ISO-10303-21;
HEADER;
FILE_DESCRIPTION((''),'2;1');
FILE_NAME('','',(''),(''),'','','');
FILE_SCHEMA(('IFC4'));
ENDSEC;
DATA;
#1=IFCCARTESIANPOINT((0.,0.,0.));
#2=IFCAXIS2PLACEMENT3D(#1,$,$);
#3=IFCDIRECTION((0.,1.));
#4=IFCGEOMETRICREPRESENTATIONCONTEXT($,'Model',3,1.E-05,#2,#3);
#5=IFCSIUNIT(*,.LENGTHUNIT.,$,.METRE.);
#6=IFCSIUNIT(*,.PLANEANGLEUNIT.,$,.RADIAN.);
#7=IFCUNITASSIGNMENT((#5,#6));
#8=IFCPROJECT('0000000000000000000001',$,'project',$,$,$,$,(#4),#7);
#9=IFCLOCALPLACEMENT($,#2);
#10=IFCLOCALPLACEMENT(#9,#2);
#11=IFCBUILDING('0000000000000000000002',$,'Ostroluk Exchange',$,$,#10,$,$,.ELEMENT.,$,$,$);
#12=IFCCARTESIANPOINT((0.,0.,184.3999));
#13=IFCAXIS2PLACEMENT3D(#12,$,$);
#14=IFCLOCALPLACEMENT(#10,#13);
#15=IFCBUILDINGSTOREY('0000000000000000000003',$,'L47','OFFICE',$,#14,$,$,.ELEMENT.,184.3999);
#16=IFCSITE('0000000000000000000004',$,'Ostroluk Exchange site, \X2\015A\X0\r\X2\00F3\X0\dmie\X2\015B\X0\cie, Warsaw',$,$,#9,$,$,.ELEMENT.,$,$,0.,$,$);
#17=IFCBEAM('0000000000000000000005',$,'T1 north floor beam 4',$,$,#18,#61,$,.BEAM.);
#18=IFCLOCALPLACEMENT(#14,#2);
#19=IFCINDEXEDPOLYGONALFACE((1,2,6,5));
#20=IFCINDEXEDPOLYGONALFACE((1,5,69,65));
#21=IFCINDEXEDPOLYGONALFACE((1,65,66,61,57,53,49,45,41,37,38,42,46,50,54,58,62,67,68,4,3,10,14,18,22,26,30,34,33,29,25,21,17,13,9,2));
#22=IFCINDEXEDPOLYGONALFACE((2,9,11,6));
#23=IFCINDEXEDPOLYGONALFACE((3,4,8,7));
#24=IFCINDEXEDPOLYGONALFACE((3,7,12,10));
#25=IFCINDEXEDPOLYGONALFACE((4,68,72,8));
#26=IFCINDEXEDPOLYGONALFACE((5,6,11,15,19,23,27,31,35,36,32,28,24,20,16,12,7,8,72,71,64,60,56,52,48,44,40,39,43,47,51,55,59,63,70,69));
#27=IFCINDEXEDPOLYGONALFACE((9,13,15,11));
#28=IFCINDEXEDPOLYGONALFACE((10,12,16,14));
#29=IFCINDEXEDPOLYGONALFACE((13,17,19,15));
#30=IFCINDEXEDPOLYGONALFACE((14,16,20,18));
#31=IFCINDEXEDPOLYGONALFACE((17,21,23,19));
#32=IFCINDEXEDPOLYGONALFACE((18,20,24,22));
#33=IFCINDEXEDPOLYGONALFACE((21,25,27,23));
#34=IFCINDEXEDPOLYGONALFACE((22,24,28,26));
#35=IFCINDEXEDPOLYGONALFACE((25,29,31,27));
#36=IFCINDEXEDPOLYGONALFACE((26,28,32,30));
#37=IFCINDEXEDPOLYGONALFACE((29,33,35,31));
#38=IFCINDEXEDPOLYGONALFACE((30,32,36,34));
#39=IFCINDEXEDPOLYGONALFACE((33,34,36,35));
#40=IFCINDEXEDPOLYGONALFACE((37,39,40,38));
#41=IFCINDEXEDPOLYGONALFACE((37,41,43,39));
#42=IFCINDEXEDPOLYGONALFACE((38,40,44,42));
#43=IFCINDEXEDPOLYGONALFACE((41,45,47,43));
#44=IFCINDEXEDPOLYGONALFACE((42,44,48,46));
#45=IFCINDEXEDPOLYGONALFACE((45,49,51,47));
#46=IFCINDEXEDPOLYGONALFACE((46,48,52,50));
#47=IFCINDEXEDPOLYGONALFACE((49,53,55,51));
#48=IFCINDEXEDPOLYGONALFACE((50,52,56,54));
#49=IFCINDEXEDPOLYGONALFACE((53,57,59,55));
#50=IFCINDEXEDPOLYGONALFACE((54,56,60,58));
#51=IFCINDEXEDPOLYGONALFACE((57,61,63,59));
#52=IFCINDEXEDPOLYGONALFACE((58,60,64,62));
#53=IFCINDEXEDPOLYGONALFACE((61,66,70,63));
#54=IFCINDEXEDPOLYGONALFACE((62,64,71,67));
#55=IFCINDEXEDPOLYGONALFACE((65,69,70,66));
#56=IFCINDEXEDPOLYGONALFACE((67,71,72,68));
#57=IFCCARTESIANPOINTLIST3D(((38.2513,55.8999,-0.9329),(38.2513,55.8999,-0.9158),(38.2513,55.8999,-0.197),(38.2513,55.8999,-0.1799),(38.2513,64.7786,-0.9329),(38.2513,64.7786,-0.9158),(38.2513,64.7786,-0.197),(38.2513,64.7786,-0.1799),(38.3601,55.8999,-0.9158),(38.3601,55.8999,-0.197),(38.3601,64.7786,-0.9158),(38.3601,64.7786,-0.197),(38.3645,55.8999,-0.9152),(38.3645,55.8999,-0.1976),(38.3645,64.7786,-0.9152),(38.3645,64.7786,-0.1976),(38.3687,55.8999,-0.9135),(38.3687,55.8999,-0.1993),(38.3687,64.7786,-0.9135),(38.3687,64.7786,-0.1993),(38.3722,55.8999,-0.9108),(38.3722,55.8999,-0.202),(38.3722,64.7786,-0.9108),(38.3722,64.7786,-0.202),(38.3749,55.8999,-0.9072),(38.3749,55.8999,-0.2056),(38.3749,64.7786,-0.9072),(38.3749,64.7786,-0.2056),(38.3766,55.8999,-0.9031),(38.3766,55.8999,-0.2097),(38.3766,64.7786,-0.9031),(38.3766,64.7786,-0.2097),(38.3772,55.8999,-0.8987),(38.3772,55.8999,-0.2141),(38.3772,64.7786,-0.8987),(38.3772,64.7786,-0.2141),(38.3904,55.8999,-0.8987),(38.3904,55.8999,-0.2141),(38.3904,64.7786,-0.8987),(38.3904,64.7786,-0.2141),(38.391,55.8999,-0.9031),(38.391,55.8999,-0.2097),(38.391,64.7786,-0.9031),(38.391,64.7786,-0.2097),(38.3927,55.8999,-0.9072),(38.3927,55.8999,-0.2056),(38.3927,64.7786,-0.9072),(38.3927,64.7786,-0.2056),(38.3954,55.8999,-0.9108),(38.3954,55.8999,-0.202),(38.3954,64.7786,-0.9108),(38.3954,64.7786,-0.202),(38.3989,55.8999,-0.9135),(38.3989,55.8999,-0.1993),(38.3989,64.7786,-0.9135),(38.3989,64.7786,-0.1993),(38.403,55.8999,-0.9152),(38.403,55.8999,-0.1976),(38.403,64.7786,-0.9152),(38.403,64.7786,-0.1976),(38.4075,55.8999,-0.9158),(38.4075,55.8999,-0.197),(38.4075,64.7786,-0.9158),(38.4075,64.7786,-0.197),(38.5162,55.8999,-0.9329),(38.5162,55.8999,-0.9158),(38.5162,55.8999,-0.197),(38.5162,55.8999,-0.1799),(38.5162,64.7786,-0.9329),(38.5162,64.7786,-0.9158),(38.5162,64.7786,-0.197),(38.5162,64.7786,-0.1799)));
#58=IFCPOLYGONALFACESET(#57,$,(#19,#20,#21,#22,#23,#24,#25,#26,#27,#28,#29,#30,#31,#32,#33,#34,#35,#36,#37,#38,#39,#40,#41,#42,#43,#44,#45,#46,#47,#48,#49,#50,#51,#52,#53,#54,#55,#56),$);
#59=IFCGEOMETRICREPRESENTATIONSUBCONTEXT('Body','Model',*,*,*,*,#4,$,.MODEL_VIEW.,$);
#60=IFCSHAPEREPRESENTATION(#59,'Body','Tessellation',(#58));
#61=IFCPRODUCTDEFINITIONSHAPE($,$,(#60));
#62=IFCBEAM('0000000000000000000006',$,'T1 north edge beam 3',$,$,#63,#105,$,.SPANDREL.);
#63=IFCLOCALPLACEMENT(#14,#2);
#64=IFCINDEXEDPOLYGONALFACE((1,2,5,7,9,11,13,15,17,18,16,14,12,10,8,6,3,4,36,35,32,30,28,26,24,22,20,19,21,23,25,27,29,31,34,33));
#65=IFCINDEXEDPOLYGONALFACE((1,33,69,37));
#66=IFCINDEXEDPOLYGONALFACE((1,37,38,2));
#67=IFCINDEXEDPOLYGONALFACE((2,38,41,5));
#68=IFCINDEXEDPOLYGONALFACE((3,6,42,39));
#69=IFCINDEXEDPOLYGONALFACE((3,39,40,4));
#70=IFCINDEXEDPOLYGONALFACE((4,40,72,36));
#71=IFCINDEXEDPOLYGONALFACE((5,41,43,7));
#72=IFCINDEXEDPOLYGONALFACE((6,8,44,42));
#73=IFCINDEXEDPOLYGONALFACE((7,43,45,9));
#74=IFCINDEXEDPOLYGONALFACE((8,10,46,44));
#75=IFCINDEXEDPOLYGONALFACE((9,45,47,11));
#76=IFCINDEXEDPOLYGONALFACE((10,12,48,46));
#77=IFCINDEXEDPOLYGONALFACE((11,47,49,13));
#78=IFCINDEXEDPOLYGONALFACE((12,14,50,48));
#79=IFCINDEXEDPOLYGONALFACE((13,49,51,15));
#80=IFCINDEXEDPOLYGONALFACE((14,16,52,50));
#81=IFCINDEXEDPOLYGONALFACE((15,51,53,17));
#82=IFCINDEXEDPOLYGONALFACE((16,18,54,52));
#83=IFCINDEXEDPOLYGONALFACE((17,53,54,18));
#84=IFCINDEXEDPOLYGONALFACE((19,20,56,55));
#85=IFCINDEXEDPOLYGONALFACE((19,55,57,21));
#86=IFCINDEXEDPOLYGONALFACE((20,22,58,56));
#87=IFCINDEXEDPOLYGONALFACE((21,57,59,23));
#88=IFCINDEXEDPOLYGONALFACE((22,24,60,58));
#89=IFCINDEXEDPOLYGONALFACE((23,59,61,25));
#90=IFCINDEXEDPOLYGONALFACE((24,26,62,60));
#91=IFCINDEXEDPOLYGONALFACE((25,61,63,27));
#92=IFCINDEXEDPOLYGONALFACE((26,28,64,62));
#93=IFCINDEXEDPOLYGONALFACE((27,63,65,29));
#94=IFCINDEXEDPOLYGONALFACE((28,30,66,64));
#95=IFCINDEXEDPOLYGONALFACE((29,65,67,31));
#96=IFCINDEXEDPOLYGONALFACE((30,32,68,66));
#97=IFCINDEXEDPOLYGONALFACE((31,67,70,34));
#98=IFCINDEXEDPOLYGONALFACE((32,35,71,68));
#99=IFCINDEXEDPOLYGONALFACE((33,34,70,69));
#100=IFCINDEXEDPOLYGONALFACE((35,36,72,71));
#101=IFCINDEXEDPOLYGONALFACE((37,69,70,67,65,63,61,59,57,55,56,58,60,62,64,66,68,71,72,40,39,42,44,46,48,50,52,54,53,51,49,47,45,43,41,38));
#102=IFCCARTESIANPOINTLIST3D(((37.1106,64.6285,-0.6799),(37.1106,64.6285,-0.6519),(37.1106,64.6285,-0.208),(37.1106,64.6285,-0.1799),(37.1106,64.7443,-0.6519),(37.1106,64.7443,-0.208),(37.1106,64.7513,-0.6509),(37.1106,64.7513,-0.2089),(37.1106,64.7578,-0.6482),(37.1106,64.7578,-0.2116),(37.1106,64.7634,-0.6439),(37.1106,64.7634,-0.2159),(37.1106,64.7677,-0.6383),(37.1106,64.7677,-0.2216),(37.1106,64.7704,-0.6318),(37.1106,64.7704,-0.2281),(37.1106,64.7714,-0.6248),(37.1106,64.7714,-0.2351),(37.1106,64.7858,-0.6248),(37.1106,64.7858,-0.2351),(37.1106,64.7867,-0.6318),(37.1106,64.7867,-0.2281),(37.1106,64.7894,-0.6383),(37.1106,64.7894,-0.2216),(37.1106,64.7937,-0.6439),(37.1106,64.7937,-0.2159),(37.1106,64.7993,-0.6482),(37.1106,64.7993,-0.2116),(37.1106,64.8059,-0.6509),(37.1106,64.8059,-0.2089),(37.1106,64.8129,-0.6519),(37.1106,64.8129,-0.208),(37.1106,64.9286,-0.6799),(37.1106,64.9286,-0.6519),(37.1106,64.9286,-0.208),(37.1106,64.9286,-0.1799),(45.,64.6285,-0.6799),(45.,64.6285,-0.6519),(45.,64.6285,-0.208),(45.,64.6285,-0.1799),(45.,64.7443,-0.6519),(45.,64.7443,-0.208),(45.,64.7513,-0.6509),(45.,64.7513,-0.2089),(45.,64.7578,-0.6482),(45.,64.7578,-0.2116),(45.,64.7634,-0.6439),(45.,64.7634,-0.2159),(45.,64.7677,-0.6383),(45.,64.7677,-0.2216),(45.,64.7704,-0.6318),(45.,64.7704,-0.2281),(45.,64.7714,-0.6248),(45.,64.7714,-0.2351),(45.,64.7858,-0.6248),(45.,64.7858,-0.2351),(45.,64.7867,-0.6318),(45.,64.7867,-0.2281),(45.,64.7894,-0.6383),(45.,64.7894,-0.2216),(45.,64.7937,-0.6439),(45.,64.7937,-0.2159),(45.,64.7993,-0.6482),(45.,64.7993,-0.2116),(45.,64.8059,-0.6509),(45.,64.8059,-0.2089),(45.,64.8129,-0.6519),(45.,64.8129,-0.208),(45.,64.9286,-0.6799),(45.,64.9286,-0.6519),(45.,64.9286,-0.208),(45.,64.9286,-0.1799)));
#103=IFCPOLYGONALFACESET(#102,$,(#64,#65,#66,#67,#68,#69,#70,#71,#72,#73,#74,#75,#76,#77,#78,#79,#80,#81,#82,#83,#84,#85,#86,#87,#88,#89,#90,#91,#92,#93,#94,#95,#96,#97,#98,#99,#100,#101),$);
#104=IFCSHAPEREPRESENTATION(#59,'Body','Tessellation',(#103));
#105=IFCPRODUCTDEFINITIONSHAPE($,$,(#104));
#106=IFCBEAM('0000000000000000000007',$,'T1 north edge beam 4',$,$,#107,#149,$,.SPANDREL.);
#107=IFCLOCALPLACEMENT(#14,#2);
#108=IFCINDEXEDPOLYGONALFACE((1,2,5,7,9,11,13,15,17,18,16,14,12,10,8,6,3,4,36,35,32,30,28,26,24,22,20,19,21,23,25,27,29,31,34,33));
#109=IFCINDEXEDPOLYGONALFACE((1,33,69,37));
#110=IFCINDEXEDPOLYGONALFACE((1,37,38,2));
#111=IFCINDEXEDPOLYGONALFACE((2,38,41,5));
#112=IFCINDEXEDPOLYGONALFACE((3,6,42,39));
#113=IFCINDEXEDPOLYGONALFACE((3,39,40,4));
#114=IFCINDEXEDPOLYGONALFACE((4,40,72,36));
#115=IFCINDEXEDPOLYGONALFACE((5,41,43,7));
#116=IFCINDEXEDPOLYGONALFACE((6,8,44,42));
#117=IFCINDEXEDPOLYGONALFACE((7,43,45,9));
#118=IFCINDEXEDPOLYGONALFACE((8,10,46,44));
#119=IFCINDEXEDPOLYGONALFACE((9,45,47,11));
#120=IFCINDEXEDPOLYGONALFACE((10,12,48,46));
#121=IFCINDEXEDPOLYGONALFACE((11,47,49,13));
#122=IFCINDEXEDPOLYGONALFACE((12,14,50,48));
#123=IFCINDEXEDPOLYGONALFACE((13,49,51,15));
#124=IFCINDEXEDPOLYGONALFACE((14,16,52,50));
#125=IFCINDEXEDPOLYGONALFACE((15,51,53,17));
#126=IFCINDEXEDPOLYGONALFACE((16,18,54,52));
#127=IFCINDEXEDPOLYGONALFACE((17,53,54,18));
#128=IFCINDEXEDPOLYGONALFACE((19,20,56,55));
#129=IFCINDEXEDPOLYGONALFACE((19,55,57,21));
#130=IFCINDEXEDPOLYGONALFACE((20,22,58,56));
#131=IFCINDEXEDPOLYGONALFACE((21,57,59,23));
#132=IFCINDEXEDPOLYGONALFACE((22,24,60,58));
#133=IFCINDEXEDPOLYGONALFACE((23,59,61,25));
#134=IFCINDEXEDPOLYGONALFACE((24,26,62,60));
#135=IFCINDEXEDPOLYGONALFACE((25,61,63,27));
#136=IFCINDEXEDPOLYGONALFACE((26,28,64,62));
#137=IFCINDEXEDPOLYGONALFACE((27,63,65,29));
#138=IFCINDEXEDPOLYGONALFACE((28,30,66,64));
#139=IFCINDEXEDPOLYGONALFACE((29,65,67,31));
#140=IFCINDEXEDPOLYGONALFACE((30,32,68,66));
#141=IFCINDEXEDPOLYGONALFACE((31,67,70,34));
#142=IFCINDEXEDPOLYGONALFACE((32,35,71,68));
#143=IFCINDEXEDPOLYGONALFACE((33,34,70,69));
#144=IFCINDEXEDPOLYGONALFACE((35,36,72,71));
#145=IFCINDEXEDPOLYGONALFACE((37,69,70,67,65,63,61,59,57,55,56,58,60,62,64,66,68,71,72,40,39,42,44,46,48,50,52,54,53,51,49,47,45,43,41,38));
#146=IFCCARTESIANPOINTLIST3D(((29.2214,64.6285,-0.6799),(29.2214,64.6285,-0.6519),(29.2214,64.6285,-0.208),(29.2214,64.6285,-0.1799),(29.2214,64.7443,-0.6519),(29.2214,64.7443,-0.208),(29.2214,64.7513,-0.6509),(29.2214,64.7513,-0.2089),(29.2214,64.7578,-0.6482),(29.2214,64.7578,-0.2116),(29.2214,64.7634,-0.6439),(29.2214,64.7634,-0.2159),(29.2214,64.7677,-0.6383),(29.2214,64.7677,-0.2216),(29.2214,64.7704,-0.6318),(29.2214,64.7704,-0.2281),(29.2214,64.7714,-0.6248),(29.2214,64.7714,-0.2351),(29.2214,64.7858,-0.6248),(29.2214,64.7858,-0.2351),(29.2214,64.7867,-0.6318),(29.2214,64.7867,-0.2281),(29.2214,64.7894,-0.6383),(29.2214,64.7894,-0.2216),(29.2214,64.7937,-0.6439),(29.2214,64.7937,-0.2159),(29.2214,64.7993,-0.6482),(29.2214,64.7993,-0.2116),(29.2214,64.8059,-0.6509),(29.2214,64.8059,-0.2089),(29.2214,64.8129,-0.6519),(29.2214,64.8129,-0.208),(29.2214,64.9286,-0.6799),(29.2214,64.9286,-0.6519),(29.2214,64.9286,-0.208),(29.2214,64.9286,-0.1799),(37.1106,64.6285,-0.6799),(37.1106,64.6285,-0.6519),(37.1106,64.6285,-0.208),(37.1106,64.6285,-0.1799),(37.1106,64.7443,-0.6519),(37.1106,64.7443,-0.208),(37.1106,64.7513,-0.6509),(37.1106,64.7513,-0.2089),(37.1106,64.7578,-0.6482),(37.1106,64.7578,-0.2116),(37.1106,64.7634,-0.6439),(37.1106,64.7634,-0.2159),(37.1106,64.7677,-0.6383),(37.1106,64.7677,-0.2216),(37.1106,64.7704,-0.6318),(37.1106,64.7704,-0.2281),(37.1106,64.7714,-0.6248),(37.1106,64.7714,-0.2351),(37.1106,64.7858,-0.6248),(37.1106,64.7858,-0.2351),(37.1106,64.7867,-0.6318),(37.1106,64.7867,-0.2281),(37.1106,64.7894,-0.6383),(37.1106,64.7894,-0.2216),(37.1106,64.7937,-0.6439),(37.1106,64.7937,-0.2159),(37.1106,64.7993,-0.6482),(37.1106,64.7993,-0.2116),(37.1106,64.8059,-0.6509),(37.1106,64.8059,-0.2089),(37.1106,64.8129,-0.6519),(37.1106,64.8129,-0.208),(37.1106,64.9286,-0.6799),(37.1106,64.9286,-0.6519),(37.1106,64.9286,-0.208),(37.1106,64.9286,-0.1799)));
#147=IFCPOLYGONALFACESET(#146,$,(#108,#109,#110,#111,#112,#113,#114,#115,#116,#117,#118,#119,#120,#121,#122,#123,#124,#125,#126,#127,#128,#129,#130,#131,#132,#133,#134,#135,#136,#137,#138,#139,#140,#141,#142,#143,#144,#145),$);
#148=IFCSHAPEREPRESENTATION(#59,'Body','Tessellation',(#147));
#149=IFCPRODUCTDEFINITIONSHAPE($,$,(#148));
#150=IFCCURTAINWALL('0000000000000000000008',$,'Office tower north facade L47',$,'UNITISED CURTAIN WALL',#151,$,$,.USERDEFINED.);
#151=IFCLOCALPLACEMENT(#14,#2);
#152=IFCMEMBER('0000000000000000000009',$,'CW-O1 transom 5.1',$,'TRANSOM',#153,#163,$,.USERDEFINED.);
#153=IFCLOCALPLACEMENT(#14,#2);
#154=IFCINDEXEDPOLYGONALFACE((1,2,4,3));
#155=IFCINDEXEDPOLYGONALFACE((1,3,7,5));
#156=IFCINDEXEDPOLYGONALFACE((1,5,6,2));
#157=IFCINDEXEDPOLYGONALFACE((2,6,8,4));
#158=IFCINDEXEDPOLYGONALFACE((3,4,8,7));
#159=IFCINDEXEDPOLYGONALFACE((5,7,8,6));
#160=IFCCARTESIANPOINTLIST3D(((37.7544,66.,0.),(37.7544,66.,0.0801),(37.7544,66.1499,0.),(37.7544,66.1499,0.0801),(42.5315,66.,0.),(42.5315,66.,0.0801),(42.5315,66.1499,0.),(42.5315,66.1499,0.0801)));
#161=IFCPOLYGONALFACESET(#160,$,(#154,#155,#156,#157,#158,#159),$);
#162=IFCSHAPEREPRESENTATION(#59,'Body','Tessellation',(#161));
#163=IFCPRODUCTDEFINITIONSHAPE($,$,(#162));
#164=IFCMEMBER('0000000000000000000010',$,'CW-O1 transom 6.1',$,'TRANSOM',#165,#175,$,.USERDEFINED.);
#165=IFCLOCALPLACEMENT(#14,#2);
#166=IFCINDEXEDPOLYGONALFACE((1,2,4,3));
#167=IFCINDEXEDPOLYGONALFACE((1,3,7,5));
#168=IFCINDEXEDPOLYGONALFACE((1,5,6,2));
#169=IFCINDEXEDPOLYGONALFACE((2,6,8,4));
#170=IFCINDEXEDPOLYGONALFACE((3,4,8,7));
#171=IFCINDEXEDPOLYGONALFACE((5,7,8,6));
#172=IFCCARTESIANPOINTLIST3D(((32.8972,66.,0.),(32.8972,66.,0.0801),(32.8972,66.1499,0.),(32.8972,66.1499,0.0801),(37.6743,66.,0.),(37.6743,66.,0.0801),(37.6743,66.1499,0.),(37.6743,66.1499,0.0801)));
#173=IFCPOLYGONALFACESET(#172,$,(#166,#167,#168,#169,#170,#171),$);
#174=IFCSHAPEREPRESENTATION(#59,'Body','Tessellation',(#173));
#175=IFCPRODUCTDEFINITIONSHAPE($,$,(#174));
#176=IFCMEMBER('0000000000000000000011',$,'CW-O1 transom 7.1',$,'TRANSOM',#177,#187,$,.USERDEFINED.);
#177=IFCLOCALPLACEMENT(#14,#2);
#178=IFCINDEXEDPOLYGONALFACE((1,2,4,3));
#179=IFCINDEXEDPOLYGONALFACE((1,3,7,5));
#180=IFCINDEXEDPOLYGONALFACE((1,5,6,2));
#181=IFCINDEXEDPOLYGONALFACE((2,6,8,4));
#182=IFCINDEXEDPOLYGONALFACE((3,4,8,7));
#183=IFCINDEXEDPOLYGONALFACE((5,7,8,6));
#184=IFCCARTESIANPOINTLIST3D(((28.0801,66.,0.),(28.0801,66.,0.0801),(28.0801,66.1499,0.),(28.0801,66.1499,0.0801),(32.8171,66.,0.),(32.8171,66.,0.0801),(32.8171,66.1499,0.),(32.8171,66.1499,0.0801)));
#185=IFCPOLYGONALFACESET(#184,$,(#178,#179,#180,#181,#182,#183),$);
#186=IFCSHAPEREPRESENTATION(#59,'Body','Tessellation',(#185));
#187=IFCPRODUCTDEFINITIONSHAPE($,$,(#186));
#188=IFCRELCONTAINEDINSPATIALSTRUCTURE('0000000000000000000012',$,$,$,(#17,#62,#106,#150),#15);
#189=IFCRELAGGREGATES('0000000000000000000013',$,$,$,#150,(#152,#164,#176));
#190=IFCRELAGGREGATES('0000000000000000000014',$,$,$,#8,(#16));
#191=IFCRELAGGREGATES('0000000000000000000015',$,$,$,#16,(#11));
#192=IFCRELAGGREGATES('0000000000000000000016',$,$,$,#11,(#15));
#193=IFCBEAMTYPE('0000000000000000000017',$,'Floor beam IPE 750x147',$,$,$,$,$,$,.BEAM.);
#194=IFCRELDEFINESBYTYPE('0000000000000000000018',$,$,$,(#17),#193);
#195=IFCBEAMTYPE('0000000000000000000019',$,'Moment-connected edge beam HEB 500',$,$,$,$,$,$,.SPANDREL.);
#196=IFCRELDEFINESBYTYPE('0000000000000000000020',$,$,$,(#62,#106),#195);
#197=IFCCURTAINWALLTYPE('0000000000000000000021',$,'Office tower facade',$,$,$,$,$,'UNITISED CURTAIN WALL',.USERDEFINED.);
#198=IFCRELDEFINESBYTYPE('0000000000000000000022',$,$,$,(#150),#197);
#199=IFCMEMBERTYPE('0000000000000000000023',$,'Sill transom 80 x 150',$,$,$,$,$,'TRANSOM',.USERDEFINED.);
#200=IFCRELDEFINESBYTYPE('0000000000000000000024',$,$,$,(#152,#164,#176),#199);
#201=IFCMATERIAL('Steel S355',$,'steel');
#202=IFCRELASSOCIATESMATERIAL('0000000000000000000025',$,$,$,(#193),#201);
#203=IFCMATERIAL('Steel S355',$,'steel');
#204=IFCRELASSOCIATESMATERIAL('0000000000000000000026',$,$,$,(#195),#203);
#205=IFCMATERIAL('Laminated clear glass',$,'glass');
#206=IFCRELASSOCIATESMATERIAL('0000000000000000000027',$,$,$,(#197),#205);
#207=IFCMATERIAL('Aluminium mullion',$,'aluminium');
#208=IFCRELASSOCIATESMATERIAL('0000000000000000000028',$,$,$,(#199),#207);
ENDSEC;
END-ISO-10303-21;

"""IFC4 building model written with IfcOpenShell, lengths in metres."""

from ifc_helpers import new_model, si_unit, direction, frame, origin, origin_2d, place, context, subcontext, project, spatial, rectangle, i_section, extrude, material, material_profile, profile_set, type_object, element, aggregate, save


model = new_model("IFC4")

# Units and contexts
model_context = context("Model", 3, precision=1e-05, world=origin(), true_north=direction((0.0, 1.0)))
body_context = subcontext(model_context, "Body", "Model", "MODEL_VIEW")
ifc_project = project(units=[si_unit("LENGTHUNIT", "METRE"), si_unit("PLANEANGLEUNIT", "RADIAN")], contexts=[model_context])

# Site, building, storey
site_placement = place(None, origin())
site = spatial("IfcSite", under=ifc_project, at=site_placement, Name="Ostroluk Exchange site, Śródmieście, Warsaw", CompositionType="ELEMENT", RefElevation=0.0)
building_placement = place(site_placement, origin())
building = spatial("IfcBuilding", under=site, at=building_placement, Name="Ostroluk Exchange", CompositionType="ELEMENT")
storey_placement = place(building_placement, frame((0.0, 0.0, 184.3999)))
storey = spatial("IfcBuildingStorey", under=building, at=storey_placement, Name="L47", Description="OFFICE", CompositionType="ELEMENT", Elevation=184.3999)

# Beams
ifc_material_1 = material(Name="Steel S355", Category="steel")
ifc_material_profile_1 = material_profile(ifc_material_1, i_section(OverallWidth=0.2649, OverallDepth=0.7529, WebThickness=0.0132, FlangeThickness=0.0171, FilletRadius=0.0171, at=origin_2d()), Name="IPE 750x147")
ifc_profile_set_1 = profile_set([ifc_material_profile_1], Name="Steel S355")
beam_type_1 = type_object("IfcBeamType", Name="Floor beam IPE 750x147", PredefinedType="BEAM", material=ifc_profile_set_1)
for number, where, z_axis, x_axis, name in (
    (1, (38.3838, 55.8999, -0.5564), (0.0, 1.0, 0.0), (-1.0, 0.0, 0.0), "T1 north floor beam 4"),
):
    element("IfcBeam", number, at=place(storey_placement, frame(where, z_axis=z_axis, x_axis=x_axis)), inside=storey, type_object=beam_type_1, Name=name, PredefinedType="BEAM", context=body_context, shape_type="SweptSolid", body=[
        extrude(i_section(OverallWidth=0.2649, OverallDepth=0.7529, WebThickness=0.0132, FlangeThickness=0.0171, FilletRadius=0.0171, at=origin_2d()), origin(), (0.0, 0.0, 1.0), 8.8787),
    ])
ifc_material_2 = material(Name="Steel S355", Category="steel")
ifc_material_profile_2 = material_profile(ifc_material_2, i_section(OverallWidth=0.3, OverallDepth=0.5, WebThickness=0.0144, FlangeThickness=0.0281, FilletRadius=0.0271, at=origin_2d()), Name="HEB 500")
ifc_profile_set_2 = profile_set([ifc_material_profile_2], Name="Steel S355")
beam_type_2 = type_object("IfcBeamType", Name="Moment-connected edge beam HEB 500", PredefinedType="SPANDREL", material=ifc_profile_set_2)
beam_1_placement = place(storey_placement, frame((45.0, 64.7786, -0.4299), z_axis=(-1.0, 0.0, 0.0), x_axis=(0.0, -1.0, 0.0)))
element("IfcBeam", 2, at=beam_1_placement, inside=storey, type_object=beam_type_2, Name="T1 north edge beam 3", PredefinedType="SPANDREL", context=body_context, shape_type="SweptSolid", body=[
    extrude(i_section(OverallWidth=0.3, OverallDepth=0.5, WebThickness=0.0144, FlangeThickness=0.0281, FilletRadius=0.0271, at=origin_2d()), origin(), (0.0, 0.0, 1.0), 7.8894),
])
beam_2_placement = place(storey_placement, frame((37.1106, 64.7786, -0.4299), z_axis=(-1.0, 0.0, 0.0), x_axis=(0.0, -1.0, 0.0)))
element("IfcBeam", 3, at=beam_2_placement, inside=storey, type_object=beam_type_2, Name="T1 north edge beam 4", PredefinedType="SPANDREL", context=body_context, shape_type="SweptSolid", body=[
    extrude(i_section(OverallWidth=0.3, OverallDepth=0.5, WebThickness=0.0144, FlangeThickness=0.0281, FilletRadius=0.0271, at=origin_2d()), origin(), (0.0, 0.0, 1.0), 7.8892),
])

# Curtain wall, members
ifc_material_3 = material(Name="Laminated clear glass", Category="glass")
curtain_wall_type = type_object("IfcCurtainWallType", Name="Office tower facade", ElementType="UNITISED CURTAIN WALL", PredefinedType="USERDEFINED", material=ifc_material_3)
curtain_wall_placement = place(storey_placement, origin())
curtain_wall = element("IfcCurtainWall", 4, at=curtain_wall_placement, inside=storey, type_object=curtain_wall_type, Name="Office tower north facade L47", ObjectType="UNITISED CURTAIN WALL", PredefinedType="USERDEFINED")
ifc_material_4 = material(Name="Aluminium mullion", Category="aluminium")
ifc_material_profile_3 = material_profile(ifc_material_4, rectangle(XDim=0.1499, YDim=0.0801, at=origin_2d()), Name="Sill transom 80 x 150")
ifc_profile_set_3 = profile_set([ifc_material_profile_3], Name="Aluminium mullion")
member_type_1 = type_object("IfcMemberType", Name="Sill transom 80 x 150", ElementType="TRANSOM", PredefinedType="USERDEFINED", material=ifc_profile_set_3)
member_1_placement = place(storey_placement, frame((42.5315, 66.075, 0.04), z_axis=(-1.0, 0.0, 0.0), x_axis=(0.0, -1.0, 0.0)))
member_1 = element("IfcMember", 5, at=member_1_placement, type_object=member_type_1, Name="CW-O1 transom 5.1", ObjectType="TRANSOM", PredefinedType="USERDEFINED", context=body_context, shape_type="SweptSolid", body=[
    extrude(rectangle(XDim=0.1499, YDim=0.0801, at=origin_2d()), origin(), (0.0, 0.0, 1.0), 4.7771),
])
member_2_placement = place(storey_placement, frame((37.6743, 66.075, 0.04), z_axis=(-1.0, 0.0, 0.0), x_axis=(0.0, -1.0, 0.0)))
member_2 = element("IfcMember", 6, at=member_2_placement, type_object=member_type_1, Name="CW-O1 transom 6.1", ObjectType="TRANSOM", PredefinedType="USERDEFINED", context=body_context, shape_type="SweptSolid", body=[
    extrude(rectangle(XDim=0.1499, YDim=0.0801, at=origin_2d()), origin(), (0.0, 0.0, 1.0), 4.7771),
])
member_3_placement = place(storey_placement, frame((32.8171, 66.075, 0.04), z_axis=(-1.0, 0.0, 0.0), x_axis=(0.0, -1.0, 0.0)))
member_3 = element("IfcMember", 7, at=member_3_placement, type_object=member_type_1, Name="CW-O1 transom 7.1", ObjectType="TRANSOM", PredefinedType="USERDEFINED", context=body_context, shape_type="SweptSolid", body=[
    extrude(rectangle(XDim=0.1499, YDim=0.0801, at=origin_2d()), origin(), (0.0, 0.0, 1.0), 4.7371),
])
aggregate(curtain_wall, [member_1, member_2, member_3])

save(model, "model.ifc")
